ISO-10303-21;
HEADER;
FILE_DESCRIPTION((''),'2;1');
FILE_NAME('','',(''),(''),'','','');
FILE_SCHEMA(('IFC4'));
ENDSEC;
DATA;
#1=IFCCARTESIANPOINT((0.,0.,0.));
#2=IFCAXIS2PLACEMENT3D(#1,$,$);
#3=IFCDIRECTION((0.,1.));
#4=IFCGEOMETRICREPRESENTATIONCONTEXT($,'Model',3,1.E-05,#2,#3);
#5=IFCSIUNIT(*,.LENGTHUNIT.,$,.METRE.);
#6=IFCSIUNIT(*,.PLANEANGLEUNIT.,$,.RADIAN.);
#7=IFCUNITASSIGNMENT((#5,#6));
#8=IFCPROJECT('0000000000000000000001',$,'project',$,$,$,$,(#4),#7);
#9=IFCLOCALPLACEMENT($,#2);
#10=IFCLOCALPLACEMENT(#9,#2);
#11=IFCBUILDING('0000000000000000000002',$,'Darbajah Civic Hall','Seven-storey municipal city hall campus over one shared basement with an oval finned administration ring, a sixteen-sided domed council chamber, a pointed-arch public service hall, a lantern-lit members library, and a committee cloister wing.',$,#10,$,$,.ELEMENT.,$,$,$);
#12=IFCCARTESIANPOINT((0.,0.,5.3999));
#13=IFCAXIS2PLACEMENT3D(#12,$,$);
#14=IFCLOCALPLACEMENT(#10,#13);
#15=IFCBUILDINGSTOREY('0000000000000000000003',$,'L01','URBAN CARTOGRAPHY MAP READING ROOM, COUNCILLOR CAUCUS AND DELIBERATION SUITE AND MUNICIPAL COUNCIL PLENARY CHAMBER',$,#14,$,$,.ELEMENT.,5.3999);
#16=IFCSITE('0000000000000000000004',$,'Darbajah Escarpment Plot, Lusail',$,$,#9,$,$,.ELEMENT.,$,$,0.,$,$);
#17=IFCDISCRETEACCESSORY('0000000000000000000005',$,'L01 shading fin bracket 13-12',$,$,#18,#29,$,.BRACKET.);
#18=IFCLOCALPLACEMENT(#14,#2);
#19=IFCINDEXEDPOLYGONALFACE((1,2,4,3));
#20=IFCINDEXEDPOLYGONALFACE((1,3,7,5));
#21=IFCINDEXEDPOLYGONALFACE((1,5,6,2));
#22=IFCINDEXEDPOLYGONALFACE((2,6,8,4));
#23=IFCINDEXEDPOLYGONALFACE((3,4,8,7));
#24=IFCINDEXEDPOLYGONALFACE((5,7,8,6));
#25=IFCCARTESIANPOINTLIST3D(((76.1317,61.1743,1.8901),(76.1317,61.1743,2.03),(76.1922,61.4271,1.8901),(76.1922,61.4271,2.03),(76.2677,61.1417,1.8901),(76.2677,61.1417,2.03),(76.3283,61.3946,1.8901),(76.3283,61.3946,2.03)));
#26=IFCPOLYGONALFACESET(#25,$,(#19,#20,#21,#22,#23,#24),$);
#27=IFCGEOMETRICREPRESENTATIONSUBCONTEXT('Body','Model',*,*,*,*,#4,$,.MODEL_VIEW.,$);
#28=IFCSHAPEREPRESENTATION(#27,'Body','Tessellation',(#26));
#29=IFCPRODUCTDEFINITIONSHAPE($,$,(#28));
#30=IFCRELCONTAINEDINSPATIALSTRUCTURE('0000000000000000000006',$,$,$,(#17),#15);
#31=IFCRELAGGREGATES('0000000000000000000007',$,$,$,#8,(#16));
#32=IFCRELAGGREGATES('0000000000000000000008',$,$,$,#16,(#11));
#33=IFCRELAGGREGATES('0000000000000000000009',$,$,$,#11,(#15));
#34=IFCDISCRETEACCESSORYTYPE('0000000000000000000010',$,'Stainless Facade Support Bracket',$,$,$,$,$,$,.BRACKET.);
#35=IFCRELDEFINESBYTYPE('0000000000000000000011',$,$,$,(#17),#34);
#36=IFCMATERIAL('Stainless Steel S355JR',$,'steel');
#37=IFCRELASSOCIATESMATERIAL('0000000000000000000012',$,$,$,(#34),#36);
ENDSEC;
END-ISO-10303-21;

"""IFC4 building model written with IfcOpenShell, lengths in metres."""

from ifc_helpers import new_model, si_unit, direction, frame, origin, origin_2d, place, context, subcontext, project, spatial, rectangle, extrude, material, type_object, element, save


model = new_model("IFC4")

# Units and contexts
model_context = context("Model", 3, precision=1e-05, world=origin(), true_north=direction((0.0, 1.0)))
body_context = subcontext(model_context, "Body", "Model", "MODEL_VIEW")
ifc_project = project(units=[si_unit("LENGTHUNIT", "METRE"), si_unit("PLANEANGLEUNIT", "RADIAN")], contexts=[model_context])

# Site, building, storey
site_placement = place(None, origin())
site = spatial("IfcSite", under=ifc_project, at=site_placement, Name="Darbajah Escarpment Plot, Lusail", CompositionType="ELEMENT", RefElevation=0.0)
building_placement = place(site_placement, origin())
building = spatial("IfcBuilding", under=site, at=building_placement, Name="Darbajah Civic Hall", Description="Seven-storey municipal city hall campus over one shared basement with an oval finned administration ring, a sixteen-sided domed council chamber, a pointed-arch public service hall, a lantern-lit members library, and a committee cloister wing.", CompositionType="ELEMENT")
storey_placement = place(building_placement, frame((0.0, 0.0, 5.3999)))
storey = spatial("IfcBuildingStorey", under=building, at=storey_placement, Name="L01", Description="URBAN CARTOGRAPHY MAP READING ROOM, COUNCILLOR CAUCUS AND DELIBERATION SUITE AND MUNICIPAL COUNCIL PLENARY CHAMBER", CompositionType="ELEMENT", Elevation=5.3999)

# Discrete accessory
ifc_material_1 = material(Name="Stainless Steel S355JR", Category="steel")
discrete_accessory_type = type_object("IfcDiscreteAccessoryType", Name="Stainless Facade Support Bracket", PredefinedType="BRACKET", material=ifc_material_1)
for number, where, z_axis, x_axis, name in (
    (1, (76.23, 61.2844, 1.8901), (0.0, 0.0, 1.0), (-0.232936, -0.972492, 0.0), "L01 shading fin bracket 13-12"),
):
    element("IfcDiscreteAccessory", number, at=place(storey_placement, frame(where, z_axis=z_axis, x_axis=x_axis)), inside=storey, type_object=discrete_accessory_type, Name=name, PredefinedType="BRACKET", context=body_context, shape_type="SweptSolid", body=[
        extrude(rectangle(XDim=0.26, YDim=0.1399, at=origin_2d()), origin(), (0.0, 0.0, 1.0), 0.1399),
    ])

save(model, "model.ifc")
